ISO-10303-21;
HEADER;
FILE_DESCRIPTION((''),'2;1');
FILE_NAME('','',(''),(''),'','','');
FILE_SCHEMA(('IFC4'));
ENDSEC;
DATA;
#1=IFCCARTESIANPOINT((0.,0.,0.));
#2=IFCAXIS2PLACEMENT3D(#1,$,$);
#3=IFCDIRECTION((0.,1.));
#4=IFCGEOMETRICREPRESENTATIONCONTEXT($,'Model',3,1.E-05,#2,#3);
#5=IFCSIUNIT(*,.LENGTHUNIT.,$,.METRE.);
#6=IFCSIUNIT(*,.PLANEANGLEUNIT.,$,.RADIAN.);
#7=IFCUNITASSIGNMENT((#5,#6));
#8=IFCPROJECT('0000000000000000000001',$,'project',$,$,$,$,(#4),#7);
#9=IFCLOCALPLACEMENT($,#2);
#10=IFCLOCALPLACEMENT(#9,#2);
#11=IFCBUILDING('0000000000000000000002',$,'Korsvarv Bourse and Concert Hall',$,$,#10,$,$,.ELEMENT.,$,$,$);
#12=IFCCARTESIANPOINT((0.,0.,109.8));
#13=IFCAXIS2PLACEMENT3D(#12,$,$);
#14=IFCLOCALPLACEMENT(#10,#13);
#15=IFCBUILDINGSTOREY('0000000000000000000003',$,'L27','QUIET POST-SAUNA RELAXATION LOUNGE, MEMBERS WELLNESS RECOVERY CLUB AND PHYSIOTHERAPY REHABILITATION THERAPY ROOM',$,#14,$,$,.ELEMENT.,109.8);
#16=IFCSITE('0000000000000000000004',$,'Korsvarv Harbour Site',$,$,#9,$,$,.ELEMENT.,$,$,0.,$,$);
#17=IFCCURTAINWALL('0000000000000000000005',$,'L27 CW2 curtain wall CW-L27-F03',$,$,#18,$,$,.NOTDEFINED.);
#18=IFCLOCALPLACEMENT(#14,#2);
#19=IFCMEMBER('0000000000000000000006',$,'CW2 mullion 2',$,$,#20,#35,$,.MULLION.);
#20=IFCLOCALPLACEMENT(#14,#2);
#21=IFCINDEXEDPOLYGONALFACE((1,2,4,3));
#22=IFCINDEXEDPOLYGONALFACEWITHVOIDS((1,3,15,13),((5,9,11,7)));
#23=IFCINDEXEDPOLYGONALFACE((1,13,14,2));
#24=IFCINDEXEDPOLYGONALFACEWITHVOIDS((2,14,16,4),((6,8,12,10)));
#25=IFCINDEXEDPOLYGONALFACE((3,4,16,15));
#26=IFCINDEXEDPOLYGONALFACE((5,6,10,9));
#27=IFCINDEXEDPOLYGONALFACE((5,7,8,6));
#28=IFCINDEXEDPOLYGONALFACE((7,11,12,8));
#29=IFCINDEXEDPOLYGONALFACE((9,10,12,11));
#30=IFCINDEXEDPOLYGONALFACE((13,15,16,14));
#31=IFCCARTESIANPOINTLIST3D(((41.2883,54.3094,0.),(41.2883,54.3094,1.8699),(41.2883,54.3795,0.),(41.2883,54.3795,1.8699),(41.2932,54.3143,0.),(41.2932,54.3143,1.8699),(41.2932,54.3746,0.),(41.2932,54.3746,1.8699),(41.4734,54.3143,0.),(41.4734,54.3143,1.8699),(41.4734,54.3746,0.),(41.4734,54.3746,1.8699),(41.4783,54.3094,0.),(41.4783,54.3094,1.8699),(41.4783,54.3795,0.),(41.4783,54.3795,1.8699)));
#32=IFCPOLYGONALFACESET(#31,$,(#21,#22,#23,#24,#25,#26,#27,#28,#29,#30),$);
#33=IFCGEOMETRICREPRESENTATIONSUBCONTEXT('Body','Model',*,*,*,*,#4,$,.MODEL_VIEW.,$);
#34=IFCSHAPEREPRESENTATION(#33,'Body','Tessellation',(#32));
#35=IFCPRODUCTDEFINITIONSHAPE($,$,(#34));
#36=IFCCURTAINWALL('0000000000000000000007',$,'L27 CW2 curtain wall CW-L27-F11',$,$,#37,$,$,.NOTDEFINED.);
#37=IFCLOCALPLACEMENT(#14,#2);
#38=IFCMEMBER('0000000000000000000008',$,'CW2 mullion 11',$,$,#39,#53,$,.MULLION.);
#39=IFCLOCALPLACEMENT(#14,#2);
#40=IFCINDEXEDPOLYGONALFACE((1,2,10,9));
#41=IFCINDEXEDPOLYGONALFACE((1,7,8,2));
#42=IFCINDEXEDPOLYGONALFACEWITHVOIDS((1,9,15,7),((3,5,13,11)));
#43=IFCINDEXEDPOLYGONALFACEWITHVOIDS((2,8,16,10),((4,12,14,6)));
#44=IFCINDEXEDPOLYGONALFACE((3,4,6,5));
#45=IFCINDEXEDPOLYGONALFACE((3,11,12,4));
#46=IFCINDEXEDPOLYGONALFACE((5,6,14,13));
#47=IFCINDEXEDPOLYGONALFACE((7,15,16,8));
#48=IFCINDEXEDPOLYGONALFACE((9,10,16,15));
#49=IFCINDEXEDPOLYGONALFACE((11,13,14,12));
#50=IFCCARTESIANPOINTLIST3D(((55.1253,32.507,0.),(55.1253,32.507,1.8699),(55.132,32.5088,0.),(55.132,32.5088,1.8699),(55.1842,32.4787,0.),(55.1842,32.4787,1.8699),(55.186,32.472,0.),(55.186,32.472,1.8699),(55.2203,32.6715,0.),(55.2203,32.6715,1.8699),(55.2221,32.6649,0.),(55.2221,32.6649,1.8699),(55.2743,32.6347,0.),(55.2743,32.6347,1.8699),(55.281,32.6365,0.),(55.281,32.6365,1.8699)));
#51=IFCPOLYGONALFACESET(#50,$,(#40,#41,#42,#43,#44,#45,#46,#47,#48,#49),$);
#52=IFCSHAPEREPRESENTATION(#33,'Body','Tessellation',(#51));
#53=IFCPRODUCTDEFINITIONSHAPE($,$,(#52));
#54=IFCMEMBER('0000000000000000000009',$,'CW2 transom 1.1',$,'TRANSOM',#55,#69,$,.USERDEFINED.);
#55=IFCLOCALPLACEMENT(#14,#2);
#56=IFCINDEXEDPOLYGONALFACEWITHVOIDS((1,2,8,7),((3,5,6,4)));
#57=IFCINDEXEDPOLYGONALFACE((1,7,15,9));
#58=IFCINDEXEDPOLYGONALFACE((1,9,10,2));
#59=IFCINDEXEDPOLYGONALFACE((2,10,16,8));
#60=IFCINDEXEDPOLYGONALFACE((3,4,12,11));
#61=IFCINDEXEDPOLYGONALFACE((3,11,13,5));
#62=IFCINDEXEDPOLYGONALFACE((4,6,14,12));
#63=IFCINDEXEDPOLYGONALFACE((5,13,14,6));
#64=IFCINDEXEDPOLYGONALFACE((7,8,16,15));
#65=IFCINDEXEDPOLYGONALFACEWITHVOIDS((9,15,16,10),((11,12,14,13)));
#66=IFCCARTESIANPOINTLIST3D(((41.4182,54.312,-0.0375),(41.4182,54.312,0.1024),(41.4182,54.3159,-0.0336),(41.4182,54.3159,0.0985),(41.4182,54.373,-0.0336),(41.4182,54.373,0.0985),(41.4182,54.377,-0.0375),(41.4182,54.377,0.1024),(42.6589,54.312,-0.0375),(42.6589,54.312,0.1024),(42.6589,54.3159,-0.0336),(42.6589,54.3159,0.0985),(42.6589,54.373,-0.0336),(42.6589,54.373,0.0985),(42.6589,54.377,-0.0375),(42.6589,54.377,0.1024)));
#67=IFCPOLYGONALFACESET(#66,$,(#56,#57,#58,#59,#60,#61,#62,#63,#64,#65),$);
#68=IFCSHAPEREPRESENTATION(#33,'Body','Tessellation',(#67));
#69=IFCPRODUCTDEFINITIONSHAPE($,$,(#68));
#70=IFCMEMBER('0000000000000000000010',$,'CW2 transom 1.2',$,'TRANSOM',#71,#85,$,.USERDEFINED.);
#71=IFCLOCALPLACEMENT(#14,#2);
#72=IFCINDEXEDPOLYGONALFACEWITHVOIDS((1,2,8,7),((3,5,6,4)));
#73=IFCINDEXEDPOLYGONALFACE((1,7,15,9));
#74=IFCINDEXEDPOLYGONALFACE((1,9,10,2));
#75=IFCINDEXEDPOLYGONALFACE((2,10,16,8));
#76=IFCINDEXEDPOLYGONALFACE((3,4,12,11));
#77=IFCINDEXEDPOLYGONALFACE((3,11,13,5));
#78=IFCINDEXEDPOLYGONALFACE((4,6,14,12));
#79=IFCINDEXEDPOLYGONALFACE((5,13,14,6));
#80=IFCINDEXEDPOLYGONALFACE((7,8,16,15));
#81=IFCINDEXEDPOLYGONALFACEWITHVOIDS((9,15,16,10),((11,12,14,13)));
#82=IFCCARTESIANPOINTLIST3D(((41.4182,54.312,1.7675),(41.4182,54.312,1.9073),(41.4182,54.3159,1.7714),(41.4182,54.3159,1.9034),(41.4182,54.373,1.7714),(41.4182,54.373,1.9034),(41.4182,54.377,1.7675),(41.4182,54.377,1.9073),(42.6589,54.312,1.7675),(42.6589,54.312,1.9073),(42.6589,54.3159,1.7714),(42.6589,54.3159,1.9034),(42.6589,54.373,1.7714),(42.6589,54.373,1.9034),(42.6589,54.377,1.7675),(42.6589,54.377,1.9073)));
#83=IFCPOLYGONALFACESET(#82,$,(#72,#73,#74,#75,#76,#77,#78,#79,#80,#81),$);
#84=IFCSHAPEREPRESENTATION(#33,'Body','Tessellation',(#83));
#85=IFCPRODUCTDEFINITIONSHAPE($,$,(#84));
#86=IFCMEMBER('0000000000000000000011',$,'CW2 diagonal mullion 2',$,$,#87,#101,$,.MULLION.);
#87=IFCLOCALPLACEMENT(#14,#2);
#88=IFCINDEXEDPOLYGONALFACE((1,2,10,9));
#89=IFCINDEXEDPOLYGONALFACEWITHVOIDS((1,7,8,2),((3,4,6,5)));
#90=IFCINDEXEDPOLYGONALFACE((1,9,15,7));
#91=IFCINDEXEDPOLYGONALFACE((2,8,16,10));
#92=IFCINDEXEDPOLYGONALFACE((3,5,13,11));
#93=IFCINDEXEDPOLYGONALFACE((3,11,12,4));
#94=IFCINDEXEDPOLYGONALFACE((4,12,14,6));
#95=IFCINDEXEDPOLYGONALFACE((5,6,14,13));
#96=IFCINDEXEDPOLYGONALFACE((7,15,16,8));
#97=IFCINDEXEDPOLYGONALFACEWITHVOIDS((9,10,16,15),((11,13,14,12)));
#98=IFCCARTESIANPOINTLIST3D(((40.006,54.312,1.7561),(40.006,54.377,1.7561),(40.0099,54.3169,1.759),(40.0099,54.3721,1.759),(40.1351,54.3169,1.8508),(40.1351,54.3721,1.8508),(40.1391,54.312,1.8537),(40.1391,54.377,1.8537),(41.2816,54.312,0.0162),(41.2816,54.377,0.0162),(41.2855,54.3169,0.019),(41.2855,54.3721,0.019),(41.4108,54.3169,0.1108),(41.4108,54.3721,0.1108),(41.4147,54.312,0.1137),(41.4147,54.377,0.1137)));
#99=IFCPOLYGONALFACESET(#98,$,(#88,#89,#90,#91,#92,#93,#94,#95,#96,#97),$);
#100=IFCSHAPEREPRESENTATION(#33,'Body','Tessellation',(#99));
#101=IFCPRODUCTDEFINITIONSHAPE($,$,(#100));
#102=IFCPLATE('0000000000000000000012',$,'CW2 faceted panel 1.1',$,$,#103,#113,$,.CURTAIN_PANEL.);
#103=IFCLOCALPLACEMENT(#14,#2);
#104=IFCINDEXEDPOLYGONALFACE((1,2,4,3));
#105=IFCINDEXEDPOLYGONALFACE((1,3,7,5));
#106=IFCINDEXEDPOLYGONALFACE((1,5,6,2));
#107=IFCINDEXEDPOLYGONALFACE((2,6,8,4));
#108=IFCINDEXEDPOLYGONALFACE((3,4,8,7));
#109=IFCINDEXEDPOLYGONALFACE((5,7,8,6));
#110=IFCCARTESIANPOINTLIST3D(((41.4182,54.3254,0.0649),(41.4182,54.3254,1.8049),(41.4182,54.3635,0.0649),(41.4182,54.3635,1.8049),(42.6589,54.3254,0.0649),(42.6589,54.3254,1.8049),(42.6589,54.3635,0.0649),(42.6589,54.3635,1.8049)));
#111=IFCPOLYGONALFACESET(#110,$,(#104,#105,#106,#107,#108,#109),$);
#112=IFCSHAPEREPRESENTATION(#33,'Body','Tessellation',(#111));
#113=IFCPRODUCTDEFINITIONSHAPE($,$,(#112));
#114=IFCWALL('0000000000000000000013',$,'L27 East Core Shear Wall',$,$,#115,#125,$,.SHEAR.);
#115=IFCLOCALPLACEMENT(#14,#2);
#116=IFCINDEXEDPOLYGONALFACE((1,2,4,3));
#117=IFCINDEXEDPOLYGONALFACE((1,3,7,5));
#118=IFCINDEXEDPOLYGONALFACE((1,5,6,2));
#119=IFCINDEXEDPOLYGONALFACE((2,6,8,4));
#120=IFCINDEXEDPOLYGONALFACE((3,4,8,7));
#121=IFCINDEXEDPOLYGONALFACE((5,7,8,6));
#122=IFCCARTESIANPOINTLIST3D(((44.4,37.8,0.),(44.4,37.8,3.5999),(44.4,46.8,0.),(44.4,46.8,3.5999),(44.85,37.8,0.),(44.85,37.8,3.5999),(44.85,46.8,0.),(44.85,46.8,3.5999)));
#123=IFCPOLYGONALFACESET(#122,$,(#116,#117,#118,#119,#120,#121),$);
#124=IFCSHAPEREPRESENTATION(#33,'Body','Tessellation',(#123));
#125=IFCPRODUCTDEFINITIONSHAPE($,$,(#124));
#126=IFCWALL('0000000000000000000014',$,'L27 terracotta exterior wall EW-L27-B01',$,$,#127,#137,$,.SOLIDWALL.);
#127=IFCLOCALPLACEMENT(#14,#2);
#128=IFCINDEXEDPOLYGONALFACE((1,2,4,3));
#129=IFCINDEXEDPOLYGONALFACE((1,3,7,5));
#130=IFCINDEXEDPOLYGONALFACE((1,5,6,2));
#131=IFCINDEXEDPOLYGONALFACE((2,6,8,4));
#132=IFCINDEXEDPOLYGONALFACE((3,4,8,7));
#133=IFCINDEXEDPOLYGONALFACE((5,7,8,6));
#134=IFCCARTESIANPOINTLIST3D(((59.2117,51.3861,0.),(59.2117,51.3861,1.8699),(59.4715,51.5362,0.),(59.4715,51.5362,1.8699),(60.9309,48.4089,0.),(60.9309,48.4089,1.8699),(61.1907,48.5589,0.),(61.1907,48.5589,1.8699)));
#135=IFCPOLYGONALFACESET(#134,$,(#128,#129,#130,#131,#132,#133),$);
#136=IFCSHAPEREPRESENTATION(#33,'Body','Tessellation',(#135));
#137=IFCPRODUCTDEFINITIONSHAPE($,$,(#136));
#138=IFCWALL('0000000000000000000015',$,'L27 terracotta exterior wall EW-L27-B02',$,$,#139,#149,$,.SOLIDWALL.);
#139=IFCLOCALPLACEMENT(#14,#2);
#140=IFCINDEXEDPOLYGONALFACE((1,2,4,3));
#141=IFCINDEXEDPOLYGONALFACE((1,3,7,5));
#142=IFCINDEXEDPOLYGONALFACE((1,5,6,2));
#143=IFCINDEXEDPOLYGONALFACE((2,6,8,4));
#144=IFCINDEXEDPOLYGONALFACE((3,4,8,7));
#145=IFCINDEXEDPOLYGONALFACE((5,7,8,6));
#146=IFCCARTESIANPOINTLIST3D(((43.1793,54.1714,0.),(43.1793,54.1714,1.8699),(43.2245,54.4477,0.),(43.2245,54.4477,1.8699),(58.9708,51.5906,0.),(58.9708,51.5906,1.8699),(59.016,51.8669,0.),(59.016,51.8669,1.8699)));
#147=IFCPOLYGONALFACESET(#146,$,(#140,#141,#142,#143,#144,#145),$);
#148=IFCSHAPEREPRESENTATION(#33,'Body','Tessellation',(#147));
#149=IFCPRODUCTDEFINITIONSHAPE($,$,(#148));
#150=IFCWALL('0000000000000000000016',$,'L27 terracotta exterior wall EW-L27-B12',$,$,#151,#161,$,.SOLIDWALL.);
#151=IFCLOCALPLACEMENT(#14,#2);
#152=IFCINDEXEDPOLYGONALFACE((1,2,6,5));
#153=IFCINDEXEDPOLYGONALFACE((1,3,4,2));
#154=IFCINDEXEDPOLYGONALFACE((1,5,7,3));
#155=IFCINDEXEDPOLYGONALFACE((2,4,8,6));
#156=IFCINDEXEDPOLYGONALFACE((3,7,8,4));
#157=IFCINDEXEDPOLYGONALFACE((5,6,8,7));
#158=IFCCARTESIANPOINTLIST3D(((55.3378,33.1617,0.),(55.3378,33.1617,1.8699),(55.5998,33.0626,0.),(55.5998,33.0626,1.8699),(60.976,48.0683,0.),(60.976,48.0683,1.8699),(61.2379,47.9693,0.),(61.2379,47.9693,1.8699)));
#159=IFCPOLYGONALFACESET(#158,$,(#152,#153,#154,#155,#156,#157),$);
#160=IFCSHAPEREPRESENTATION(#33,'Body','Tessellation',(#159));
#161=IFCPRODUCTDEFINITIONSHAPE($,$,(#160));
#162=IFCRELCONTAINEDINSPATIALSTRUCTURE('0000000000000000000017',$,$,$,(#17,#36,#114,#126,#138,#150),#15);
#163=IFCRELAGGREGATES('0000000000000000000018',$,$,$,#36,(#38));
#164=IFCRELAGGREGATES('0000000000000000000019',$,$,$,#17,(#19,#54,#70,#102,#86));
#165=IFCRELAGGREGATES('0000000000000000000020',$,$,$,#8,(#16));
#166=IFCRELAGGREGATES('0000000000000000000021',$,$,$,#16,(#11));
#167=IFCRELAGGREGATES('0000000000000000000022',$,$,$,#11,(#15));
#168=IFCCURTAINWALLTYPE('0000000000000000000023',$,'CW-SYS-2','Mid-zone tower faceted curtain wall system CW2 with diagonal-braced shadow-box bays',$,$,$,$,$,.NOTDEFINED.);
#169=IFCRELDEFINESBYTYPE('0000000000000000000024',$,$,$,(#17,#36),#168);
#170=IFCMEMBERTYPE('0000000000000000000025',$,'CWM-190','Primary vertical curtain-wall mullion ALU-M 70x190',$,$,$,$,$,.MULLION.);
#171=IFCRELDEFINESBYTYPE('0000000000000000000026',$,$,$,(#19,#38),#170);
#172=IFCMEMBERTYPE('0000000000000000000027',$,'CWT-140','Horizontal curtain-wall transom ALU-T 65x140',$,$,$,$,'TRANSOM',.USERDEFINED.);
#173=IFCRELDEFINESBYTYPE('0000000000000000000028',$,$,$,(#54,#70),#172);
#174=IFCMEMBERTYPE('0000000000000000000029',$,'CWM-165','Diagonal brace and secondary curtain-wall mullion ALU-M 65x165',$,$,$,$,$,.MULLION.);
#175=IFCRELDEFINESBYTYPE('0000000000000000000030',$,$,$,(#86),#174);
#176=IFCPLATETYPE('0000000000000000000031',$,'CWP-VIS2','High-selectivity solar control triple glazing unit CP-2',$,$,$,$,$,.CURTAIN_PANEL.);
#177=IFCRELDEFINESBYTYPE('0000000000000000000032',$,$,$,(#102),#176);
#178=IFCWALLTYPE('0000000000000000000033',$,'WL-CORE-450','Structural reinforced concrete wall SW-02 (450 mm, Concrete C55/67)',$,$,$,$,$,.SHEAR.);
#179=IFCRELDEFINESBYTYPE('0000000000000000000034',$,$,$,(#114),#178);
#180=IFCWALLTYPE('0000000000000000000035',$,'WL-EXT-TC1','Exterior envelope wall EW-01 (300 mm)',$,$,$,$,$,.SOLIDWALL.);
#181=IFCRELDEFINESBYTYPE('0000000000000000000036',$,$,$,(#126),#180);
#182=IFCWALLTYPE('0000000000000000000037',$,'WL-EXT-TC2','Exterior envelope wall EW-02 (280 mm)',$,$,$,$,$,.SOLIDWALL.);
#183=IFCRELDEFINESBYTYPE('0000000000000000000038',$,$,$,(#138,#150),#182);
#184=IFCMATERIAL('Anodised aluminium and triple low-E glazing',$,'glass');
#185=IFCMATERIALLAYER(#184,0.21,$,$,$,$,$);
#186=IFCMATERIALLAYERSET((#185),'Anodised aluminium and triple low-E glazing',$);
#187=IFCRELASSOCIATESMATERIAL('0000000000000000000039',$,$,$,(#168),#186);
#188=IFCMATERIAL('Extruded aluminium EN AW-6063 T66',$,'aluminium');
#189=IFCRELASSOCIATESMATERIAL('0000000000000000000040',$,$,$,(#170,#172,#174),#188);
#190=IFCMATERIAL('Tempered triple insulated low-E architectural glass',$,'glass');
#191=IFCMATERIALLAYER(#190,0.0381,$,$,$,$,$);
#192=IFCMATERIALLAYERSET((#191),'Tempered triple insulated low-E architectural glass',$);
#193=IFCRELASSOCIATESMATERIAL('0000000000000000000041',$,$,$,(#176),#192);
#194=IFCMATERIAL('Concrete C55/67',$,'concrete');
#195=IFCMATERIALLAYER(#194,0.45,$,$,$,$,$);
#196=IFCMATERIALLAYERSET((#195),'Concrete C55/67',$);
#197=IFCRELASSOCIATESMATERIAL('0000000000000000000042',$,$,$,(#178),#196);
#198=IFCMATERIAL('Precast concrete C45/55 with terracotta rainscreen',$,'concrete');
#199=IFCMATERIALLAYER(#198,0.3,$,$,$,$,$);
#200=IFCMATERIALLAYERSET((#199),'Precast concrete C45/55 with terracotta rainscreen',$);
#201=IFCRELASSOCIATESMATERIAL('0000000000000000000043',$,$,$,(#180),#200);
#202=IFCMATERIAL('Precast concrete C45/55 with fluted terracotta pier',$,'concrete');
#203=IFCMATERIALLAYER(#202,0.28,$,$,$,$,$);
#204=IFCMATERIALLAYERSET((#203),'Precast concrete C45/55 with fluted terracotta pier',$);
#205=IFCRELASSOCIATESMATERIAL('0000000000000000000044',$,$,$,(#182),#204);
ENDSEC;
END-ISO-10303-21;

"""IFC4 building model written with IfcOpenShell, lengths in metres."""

from ifc_helpers import new_model, si_unit, direction, frame, frame_2d, origin, origin_2d, place, context, subcontext, project, spatial, rectangle, hollow_rectangle, extrude, source, transform, mapped, material, layer, layer_set, material_profile, profile_set, type_object, element, aggregate, save


model = new_model("IFC4")

# Units and contexts
model_context = context("Model", 3, precision=1e-05, world=origin(), true_north=direction((0.0, 1.0)))
body_context = subcontext(model_context, "Body", "Model", "MODEL_VIEW")
ifc_project = project(units=[si_unit("LENGTHUNIT", "METRE"), si_unit("PLANEANGLEUNIT", "RADIAN")], contexts=[model_context])

# Site, building, storey
site_placement = place(None, origin())
site = spatial("IfcSite", under=ifc_project, at=site_placement, Name="Korsvarv Harbour Site", CompositionType="ELEMENT", RefElevation=0.0)
building_placement = place(site_placement, origin())
building = spatial("IfcBuilding", under=site, at=building_placement, Name="Korsvarv Bourse and Concert Hall", CompositionType="ELEMENT")
storey_placement = place(building_placement, frame((0.0, 0.0, 109.8)))
storey = spatial("IfcBuildingStorey", under=building, at=storey_placement, Name="L27", Description="QUIET POST-SAUNA RELAXATION LOUNGE, MEMBERS WELLNESS RECOVERY CLUB AND PHYSIOTHERAPY REHABILITATION THERAPY ROOM", CompositionType="ELEMENT", Elevation=109.8)

# Curtain wall, member
ifc_material_1 = material(Name="Anodised aluminium and triple low-E glazing", Category="glass")
ifc_layer_1 = layer(ifc_material_1, 0.21)
ifc_layer_set_1 = layer_set([ifc_layer_1], Name="Anodised aluminium and triple low-E glazing")
curtain_wall_type = type_object("IfcCurtainWallType", Name="CW-SYS-2", Description="Mid-zone tower faceted curtain wall system CW2 with diagonal-braced shadow-box bays", PredefinedType="NOTDEFINED", material=ifc_layer_set_1)
curtain_wall_1_placement = place(storey_placement, origin())
curtain_wall_1 = element("IfcCurtainWall", 1, at=curtain_wall_1_placement, inside=storey, type_object=curtain_wall_type, Name="L27 CW2 curtain wall CW-L27-F03", PredefinedType="NOTDEFINED")
ifc_material_2 = material(Name="Extruded aluminium EN AW-6063 T66", Category="aluminium")
ifc_material_profile_1 = material_profile(ifc_material_2, hollow_rectangle(XDim=0.0701, YDim=0.1899, WallThickness=0.0049, at=origin_2d()), Name="ALU-M 70x190")
ifc_profile_set_1 = profile_set([ifc_material_profile_1], Name="Extruded aluminium EN AW-6063 T66")
member_type_1 = type_object("IfcMemberType", Name="CWM-190", Description="Primary vertical curtain-wall mullion ALU-M 70x190", PredefinedType="MULLION", material=ifc_profile_set_1)
shared_shape_1 = source(origin(), body_context, "Body", "SweptSolid", [
    extrude(hollow_rectangle(XDim=0.0701, YDim=0.1899, WallThickness=0.0049, at=origin_2d()), origin(), (0.0, 0.0, 1.0), 1.8699),
])
member_1_placement = place(storey_placement, frame((41.3833, 54.3445, 0.0), z_axis=(0.0, 0.0, 1.0), x_axis=(0.0, -1.0, 0.0)))
member_1 = element("IfcMember", 2, at=member_1_placement, type_object=member_type_1, Name="CW2 mullion 2", PredefinedType="MULLION", context=body_context, shape_type="MappedRepresentation", body=[
    mapped(shared_shape_1, transform((0.0, 0.0, 0.0), scale=1.0)),
])

# Curtain wall, member
curtain_wall_2_placement = place(storey_placement, origin())
curtain_wall_2 = element("IfcCurtainWall", 3, at=curtain_wall_2_placement, inside=storey, type_object=curtain_wall_type, Name="L27 CW2 curtain wall CW-L27-F11", PredefinedType="NOTDEFINED")
member_2_placement = place(storey_placement, frame((55.2031, 32.5718, 0.0), z_axis=(0.0, 0.0, 1.0), x_axis=(-0.866022, 0.500006, 0.0)))
member_2 = element("IfcMember", 4, at=member_2_placement, type_object=member_type_1, Name="CW2 mullion 11", PredefinedType="MULLION", context=body_context, shape_type="MappedRepresentation", body=[
    mapped(shared_shape_1, transform((0.0, 0.0, 0.0), scale=1.0)),
])
aggregate(curtain_wall_2, [member_2])

# Members
ifc_material_profile_2 = material_profile(ifc_material_2, hollow_rectangle(XDim=0.0649, YDim=0.1399, WallThickness=0.0039, at=origin_2d()), Name="ALU-T 65x140")
ifc_profile_set_2 = profile_set([ifc_material_profile_2], Name="Extruded aluminium EN AW-6063 T66")
member_type_2 = type_object("IfcMemberType", Name="CWT-140", Description="Horizontal curtain-wall transom ALU-T 65x140", ElementType="TRANSOM", PredefinedType="USERDEFINED", material=ifc_profile_set_2)
shared_shape_2 = source(origin(), body_context, "Body", "SweptSolid", [
    extrude(hollow_rectangle(XDim=0.0649, YDim=0.1399, WallThickness=0.0039, at=origin_2d()), origin(), (0.0, 0.0, 1.0), 1.2407),
])
member_3_placement = place(storey_placement, frame((42.6589, 54.3445, 0.0325), z_axis=(-1.0, 0.0, 0.0), x_axis=(0.0, -1.0, 0.0)))
member_3 = element("IfcMember", 5, at=member_3_placement, type_object=member_type_2, Name="CW2 transom 1.1", ObjectType="TRANSOM", PredefinedType="USERDEFINED", context=body_context, shape_type="MappedRepresentation", body=[
    mapped(shared_shape_2, transform((0.0, 0.0, 0.0), scale=1.0)),
])
member_4_placement = place(storey_placement, frame((42.6589, 54.3445, 1.8374), z_axis=(-1.0, 0.0, 0.0), x_axis=(0.0, -1.0, 0.0)))
member_4 = element("IfcMember", 6, at=member_4_placement, type_object=member_type_2, Name="CW2 transom 1.2", ObjectType="TRANSOM", PredefinedType="USERDEFINED", context=body_context, shape_type="MappedRepresentation", body=[
    mapped(shared_shape_2, transform((0.0, 0.0, 0.0), scale=1.0)),
])
ifc_material_profile_3 = material_profile(ifc_material_2, hollow_rectangle(XDim=0.0649, YDim=0.165, WallThickness=0.0049, at=origin_2d()), Name="ALU-M 65x165")
ifc_profile_set_3 = profile_set([ifc_material_profile_3], Name="Extruded aluminium EN AW-6063 T66")
member_type_3 = type_object("IfcMemberType", Name="CWM-165", Description="Diagonal brace and secondary curtain-wall mullion ALU-M 65x165", PredefinedType="MULLION", material=ifc_profile_set_3)
shared_shape_3 = source(origin(), body_context, "Body", "SweptSolid", [
    extrude(hollow_rectangle(XDim=0.0649, YDim=0.165, WallThickness=0.0049, at=origin_2d()), origin(), (0.0, 0.0, 1.0), 2.1575),
])
member_5_placement = place(storey_placement, frame((41.3481, 54.3445, 0.0649), z_axis=(-0.591256, 0.0, 0.806484), x_axis=(0.0, -1.0, 0.0)))
member_5 = element("IfcMember", 7, at=member_5_placement, type_object=member_type_3, Name="CW2 diagonal mullion 2", PredefinedType="MULLION", context=body_context, shape_type="MappedRepresentation", body=[
    mapped(shared_shape_3, transform((0.0, 0.0, 0.0), scale=1.0)),
])

# Plate
ifc_material_3 = material(Name="Tempered triple insulated low-E architectural glass", Category="glass")
ifc_layer_2 = layer(ifc_material_3, 0.0381)
ifc_layer_set_2 = layer_set([ifc_layer_2], Name="Tempered triple insulated low-E architectural glass")
plate_type = type_object("IfcPlateType", Name="CWP-VIS2", Description="High-selectivity solar control triple glazing unit CP-2", PredefinedType="CURTAIN_PANEL", material=ifc_layer_set_2)
shared_shape_4 = source(origin(), body_context, "Body", "SweptSolid", [
    extrude(rectangle(XDim=1.2407, YDim=0.0381, at=origin_2d()), origin(), (0.0, 0.0, 1.0), 1.74),
])
plate_placement = place(storey_placement, frame((42.0386, 54.3445, 0.0649), z_axis=(0.0, 0.0, 1.0), x_axis=(-1.0, 0.0, 0.0)))
plate = element("IfcPlate", 8, at=plate_placement, type_object=plate_type, Name="CW2 faceted panel 1.1", PredefinedType="CURTAIN_PANEL", context=body_context, shape_type="MappedRepresentation", body=[
    mapped(shared_shape_4, transform((0.0, 0.0, 0.0), scale=1.0)),
])
aggregate(curtain_wall_1, [member_1, member_3, member_4, plate, member_5])

# Walls
ifc_material_4 = material(Name="Concrete C55/67", Category="concrete")
ifc_layer_3 = layer(ifc_material_4, 0.45)
ifc_layer_set_3 = layer_set([ifc_layer_3], Name="Concrete C55/67")
wall_type_1 = type_object("IfcWallType", Name="WL-CORE-450", Description="Structural reinforced concrete wall SW-02 (450 mm, Concrete C55/67)", PredefinedType="SHEAR", material=ifc_layer_set_3)
wall_1_placement = place(storey_placement, frame((44.625, 37.8, 0.0), z_axis=(0.0, 0.0, 1.0), x_axis=(0.0, 1.0, 0.0)))
element("IfcWall", 9, at=wall_1_placement, inside=storey, type_object=wall_type_1, Name="L27 East Core Shear Wall", PredefinedType="SHEAR", context=body_context, shape_type="SweptSolid", body=[
    extrude(rectangle(XDim=9.0, YDim=0.45, at=frame_2d((4.5, 0.0))), origin(), (0.0, 0.0, 1.0), 3.5999),
])
ifc_material_5 = material(Name="Precast concrete C45/55 with terracotta rainscreen", Category="concrete")
ifc_layer_4 = layer(ifc_material_5, 0.3)
ifc_layer_set_4 = layer_set([ifc_layer_4], Name="Precast concrete C45/55 with terracotta rainscreen")
wall_type_2 = type_object("IfcWallType", Name="WL-EXT-TC1", Description="Exterior envelope wall EW-01 (300 mm)", PredefinedType="SOLIDWALL", material=ifc_layer_set_4)
wall_2_placement = place(storey_placement, frame((61.0608, 48.4839, 0.0), z_axis=(0.0, 0.0, 1.0), x_axis=(-0.500065, 0.865988, 0.0)))
element("IfcWall", 10, at=wall_2_placement, inside=storey, type_object=wall_type_2, Name="L27 terracotta exterior wall EW-L27-B01", PredefinedType="SOLIDWALL", context=body_context, shape_type="SweptSolid", body=[
    extrude(rectangle(XDim=3.438, YDim=0.3, at=frame_2d((1.719, 0.0))), origin(), (0.0, 0.0, 1.0), 1.8699),
])
ifc_material_6 = material(Name="Precast concrete C45/55 with fluted terracotta pier", Category="concrete")
ifc_layer_5 = layer(ifc_material_6, 0.28)
ifc_layer_set_5 = layer_set([ifc_layer_5], Name="Precast concrete C45/55 with fluted terracotta pier")
wall_type_3 = type_object("IfcWallType", Name="WL-EXT-TC2", Description="Exterior envelope wall EW-02 (280 mm)", PredefinedType="SOLIDWALL", material=ifc_layer_set_5)
wall_3_placement = place(storey_placement, frame((58.9934, 51.7288, 0.0), z_axis=(0.0, 0.0, 1.0), x_axis=(-0.986907, 0.161291, 0.0)))
element("IfcWall", 11, at=wall_3_placement, inside=storey, type_object=wall_type_3, Name="L27 terracotta exterior wall EW-L27-B02", PredefinedType="SOLIDWALL", context=body_context, shape_type="SweptSolid", body=[
    extrude(rectangle(XDim=16.001, YDim=0.28, at=frame_2d((8.0005, 0.0))), origin(), (0.0, 0.0, 1.0), 1.8699),
])
wall_4_placement = place(storey_placement, frame((55.4688, 33.1121, 0.0), z_axis=(0.0, 0.0, 1.0), x_axis=(0.353771, 0.935332, 0.0)))
element("IfcWall", 12, at=wall_4_placement, inside=storey, type_object=wall_type_3, Name="L27 terracotta exterior wall EW-L27-B12", PredefinedType="SOLIDWALL", context=body_context, shape_type="SweptSolid", body=[
    extrude(rectangle(XDim=15.9373, YDim=0.28, at=frame_2d((7.9688, 0.0))), origin(), (0.0, 0.0, 1.0), 1.8699),
])

save(model, "model.ifc")
